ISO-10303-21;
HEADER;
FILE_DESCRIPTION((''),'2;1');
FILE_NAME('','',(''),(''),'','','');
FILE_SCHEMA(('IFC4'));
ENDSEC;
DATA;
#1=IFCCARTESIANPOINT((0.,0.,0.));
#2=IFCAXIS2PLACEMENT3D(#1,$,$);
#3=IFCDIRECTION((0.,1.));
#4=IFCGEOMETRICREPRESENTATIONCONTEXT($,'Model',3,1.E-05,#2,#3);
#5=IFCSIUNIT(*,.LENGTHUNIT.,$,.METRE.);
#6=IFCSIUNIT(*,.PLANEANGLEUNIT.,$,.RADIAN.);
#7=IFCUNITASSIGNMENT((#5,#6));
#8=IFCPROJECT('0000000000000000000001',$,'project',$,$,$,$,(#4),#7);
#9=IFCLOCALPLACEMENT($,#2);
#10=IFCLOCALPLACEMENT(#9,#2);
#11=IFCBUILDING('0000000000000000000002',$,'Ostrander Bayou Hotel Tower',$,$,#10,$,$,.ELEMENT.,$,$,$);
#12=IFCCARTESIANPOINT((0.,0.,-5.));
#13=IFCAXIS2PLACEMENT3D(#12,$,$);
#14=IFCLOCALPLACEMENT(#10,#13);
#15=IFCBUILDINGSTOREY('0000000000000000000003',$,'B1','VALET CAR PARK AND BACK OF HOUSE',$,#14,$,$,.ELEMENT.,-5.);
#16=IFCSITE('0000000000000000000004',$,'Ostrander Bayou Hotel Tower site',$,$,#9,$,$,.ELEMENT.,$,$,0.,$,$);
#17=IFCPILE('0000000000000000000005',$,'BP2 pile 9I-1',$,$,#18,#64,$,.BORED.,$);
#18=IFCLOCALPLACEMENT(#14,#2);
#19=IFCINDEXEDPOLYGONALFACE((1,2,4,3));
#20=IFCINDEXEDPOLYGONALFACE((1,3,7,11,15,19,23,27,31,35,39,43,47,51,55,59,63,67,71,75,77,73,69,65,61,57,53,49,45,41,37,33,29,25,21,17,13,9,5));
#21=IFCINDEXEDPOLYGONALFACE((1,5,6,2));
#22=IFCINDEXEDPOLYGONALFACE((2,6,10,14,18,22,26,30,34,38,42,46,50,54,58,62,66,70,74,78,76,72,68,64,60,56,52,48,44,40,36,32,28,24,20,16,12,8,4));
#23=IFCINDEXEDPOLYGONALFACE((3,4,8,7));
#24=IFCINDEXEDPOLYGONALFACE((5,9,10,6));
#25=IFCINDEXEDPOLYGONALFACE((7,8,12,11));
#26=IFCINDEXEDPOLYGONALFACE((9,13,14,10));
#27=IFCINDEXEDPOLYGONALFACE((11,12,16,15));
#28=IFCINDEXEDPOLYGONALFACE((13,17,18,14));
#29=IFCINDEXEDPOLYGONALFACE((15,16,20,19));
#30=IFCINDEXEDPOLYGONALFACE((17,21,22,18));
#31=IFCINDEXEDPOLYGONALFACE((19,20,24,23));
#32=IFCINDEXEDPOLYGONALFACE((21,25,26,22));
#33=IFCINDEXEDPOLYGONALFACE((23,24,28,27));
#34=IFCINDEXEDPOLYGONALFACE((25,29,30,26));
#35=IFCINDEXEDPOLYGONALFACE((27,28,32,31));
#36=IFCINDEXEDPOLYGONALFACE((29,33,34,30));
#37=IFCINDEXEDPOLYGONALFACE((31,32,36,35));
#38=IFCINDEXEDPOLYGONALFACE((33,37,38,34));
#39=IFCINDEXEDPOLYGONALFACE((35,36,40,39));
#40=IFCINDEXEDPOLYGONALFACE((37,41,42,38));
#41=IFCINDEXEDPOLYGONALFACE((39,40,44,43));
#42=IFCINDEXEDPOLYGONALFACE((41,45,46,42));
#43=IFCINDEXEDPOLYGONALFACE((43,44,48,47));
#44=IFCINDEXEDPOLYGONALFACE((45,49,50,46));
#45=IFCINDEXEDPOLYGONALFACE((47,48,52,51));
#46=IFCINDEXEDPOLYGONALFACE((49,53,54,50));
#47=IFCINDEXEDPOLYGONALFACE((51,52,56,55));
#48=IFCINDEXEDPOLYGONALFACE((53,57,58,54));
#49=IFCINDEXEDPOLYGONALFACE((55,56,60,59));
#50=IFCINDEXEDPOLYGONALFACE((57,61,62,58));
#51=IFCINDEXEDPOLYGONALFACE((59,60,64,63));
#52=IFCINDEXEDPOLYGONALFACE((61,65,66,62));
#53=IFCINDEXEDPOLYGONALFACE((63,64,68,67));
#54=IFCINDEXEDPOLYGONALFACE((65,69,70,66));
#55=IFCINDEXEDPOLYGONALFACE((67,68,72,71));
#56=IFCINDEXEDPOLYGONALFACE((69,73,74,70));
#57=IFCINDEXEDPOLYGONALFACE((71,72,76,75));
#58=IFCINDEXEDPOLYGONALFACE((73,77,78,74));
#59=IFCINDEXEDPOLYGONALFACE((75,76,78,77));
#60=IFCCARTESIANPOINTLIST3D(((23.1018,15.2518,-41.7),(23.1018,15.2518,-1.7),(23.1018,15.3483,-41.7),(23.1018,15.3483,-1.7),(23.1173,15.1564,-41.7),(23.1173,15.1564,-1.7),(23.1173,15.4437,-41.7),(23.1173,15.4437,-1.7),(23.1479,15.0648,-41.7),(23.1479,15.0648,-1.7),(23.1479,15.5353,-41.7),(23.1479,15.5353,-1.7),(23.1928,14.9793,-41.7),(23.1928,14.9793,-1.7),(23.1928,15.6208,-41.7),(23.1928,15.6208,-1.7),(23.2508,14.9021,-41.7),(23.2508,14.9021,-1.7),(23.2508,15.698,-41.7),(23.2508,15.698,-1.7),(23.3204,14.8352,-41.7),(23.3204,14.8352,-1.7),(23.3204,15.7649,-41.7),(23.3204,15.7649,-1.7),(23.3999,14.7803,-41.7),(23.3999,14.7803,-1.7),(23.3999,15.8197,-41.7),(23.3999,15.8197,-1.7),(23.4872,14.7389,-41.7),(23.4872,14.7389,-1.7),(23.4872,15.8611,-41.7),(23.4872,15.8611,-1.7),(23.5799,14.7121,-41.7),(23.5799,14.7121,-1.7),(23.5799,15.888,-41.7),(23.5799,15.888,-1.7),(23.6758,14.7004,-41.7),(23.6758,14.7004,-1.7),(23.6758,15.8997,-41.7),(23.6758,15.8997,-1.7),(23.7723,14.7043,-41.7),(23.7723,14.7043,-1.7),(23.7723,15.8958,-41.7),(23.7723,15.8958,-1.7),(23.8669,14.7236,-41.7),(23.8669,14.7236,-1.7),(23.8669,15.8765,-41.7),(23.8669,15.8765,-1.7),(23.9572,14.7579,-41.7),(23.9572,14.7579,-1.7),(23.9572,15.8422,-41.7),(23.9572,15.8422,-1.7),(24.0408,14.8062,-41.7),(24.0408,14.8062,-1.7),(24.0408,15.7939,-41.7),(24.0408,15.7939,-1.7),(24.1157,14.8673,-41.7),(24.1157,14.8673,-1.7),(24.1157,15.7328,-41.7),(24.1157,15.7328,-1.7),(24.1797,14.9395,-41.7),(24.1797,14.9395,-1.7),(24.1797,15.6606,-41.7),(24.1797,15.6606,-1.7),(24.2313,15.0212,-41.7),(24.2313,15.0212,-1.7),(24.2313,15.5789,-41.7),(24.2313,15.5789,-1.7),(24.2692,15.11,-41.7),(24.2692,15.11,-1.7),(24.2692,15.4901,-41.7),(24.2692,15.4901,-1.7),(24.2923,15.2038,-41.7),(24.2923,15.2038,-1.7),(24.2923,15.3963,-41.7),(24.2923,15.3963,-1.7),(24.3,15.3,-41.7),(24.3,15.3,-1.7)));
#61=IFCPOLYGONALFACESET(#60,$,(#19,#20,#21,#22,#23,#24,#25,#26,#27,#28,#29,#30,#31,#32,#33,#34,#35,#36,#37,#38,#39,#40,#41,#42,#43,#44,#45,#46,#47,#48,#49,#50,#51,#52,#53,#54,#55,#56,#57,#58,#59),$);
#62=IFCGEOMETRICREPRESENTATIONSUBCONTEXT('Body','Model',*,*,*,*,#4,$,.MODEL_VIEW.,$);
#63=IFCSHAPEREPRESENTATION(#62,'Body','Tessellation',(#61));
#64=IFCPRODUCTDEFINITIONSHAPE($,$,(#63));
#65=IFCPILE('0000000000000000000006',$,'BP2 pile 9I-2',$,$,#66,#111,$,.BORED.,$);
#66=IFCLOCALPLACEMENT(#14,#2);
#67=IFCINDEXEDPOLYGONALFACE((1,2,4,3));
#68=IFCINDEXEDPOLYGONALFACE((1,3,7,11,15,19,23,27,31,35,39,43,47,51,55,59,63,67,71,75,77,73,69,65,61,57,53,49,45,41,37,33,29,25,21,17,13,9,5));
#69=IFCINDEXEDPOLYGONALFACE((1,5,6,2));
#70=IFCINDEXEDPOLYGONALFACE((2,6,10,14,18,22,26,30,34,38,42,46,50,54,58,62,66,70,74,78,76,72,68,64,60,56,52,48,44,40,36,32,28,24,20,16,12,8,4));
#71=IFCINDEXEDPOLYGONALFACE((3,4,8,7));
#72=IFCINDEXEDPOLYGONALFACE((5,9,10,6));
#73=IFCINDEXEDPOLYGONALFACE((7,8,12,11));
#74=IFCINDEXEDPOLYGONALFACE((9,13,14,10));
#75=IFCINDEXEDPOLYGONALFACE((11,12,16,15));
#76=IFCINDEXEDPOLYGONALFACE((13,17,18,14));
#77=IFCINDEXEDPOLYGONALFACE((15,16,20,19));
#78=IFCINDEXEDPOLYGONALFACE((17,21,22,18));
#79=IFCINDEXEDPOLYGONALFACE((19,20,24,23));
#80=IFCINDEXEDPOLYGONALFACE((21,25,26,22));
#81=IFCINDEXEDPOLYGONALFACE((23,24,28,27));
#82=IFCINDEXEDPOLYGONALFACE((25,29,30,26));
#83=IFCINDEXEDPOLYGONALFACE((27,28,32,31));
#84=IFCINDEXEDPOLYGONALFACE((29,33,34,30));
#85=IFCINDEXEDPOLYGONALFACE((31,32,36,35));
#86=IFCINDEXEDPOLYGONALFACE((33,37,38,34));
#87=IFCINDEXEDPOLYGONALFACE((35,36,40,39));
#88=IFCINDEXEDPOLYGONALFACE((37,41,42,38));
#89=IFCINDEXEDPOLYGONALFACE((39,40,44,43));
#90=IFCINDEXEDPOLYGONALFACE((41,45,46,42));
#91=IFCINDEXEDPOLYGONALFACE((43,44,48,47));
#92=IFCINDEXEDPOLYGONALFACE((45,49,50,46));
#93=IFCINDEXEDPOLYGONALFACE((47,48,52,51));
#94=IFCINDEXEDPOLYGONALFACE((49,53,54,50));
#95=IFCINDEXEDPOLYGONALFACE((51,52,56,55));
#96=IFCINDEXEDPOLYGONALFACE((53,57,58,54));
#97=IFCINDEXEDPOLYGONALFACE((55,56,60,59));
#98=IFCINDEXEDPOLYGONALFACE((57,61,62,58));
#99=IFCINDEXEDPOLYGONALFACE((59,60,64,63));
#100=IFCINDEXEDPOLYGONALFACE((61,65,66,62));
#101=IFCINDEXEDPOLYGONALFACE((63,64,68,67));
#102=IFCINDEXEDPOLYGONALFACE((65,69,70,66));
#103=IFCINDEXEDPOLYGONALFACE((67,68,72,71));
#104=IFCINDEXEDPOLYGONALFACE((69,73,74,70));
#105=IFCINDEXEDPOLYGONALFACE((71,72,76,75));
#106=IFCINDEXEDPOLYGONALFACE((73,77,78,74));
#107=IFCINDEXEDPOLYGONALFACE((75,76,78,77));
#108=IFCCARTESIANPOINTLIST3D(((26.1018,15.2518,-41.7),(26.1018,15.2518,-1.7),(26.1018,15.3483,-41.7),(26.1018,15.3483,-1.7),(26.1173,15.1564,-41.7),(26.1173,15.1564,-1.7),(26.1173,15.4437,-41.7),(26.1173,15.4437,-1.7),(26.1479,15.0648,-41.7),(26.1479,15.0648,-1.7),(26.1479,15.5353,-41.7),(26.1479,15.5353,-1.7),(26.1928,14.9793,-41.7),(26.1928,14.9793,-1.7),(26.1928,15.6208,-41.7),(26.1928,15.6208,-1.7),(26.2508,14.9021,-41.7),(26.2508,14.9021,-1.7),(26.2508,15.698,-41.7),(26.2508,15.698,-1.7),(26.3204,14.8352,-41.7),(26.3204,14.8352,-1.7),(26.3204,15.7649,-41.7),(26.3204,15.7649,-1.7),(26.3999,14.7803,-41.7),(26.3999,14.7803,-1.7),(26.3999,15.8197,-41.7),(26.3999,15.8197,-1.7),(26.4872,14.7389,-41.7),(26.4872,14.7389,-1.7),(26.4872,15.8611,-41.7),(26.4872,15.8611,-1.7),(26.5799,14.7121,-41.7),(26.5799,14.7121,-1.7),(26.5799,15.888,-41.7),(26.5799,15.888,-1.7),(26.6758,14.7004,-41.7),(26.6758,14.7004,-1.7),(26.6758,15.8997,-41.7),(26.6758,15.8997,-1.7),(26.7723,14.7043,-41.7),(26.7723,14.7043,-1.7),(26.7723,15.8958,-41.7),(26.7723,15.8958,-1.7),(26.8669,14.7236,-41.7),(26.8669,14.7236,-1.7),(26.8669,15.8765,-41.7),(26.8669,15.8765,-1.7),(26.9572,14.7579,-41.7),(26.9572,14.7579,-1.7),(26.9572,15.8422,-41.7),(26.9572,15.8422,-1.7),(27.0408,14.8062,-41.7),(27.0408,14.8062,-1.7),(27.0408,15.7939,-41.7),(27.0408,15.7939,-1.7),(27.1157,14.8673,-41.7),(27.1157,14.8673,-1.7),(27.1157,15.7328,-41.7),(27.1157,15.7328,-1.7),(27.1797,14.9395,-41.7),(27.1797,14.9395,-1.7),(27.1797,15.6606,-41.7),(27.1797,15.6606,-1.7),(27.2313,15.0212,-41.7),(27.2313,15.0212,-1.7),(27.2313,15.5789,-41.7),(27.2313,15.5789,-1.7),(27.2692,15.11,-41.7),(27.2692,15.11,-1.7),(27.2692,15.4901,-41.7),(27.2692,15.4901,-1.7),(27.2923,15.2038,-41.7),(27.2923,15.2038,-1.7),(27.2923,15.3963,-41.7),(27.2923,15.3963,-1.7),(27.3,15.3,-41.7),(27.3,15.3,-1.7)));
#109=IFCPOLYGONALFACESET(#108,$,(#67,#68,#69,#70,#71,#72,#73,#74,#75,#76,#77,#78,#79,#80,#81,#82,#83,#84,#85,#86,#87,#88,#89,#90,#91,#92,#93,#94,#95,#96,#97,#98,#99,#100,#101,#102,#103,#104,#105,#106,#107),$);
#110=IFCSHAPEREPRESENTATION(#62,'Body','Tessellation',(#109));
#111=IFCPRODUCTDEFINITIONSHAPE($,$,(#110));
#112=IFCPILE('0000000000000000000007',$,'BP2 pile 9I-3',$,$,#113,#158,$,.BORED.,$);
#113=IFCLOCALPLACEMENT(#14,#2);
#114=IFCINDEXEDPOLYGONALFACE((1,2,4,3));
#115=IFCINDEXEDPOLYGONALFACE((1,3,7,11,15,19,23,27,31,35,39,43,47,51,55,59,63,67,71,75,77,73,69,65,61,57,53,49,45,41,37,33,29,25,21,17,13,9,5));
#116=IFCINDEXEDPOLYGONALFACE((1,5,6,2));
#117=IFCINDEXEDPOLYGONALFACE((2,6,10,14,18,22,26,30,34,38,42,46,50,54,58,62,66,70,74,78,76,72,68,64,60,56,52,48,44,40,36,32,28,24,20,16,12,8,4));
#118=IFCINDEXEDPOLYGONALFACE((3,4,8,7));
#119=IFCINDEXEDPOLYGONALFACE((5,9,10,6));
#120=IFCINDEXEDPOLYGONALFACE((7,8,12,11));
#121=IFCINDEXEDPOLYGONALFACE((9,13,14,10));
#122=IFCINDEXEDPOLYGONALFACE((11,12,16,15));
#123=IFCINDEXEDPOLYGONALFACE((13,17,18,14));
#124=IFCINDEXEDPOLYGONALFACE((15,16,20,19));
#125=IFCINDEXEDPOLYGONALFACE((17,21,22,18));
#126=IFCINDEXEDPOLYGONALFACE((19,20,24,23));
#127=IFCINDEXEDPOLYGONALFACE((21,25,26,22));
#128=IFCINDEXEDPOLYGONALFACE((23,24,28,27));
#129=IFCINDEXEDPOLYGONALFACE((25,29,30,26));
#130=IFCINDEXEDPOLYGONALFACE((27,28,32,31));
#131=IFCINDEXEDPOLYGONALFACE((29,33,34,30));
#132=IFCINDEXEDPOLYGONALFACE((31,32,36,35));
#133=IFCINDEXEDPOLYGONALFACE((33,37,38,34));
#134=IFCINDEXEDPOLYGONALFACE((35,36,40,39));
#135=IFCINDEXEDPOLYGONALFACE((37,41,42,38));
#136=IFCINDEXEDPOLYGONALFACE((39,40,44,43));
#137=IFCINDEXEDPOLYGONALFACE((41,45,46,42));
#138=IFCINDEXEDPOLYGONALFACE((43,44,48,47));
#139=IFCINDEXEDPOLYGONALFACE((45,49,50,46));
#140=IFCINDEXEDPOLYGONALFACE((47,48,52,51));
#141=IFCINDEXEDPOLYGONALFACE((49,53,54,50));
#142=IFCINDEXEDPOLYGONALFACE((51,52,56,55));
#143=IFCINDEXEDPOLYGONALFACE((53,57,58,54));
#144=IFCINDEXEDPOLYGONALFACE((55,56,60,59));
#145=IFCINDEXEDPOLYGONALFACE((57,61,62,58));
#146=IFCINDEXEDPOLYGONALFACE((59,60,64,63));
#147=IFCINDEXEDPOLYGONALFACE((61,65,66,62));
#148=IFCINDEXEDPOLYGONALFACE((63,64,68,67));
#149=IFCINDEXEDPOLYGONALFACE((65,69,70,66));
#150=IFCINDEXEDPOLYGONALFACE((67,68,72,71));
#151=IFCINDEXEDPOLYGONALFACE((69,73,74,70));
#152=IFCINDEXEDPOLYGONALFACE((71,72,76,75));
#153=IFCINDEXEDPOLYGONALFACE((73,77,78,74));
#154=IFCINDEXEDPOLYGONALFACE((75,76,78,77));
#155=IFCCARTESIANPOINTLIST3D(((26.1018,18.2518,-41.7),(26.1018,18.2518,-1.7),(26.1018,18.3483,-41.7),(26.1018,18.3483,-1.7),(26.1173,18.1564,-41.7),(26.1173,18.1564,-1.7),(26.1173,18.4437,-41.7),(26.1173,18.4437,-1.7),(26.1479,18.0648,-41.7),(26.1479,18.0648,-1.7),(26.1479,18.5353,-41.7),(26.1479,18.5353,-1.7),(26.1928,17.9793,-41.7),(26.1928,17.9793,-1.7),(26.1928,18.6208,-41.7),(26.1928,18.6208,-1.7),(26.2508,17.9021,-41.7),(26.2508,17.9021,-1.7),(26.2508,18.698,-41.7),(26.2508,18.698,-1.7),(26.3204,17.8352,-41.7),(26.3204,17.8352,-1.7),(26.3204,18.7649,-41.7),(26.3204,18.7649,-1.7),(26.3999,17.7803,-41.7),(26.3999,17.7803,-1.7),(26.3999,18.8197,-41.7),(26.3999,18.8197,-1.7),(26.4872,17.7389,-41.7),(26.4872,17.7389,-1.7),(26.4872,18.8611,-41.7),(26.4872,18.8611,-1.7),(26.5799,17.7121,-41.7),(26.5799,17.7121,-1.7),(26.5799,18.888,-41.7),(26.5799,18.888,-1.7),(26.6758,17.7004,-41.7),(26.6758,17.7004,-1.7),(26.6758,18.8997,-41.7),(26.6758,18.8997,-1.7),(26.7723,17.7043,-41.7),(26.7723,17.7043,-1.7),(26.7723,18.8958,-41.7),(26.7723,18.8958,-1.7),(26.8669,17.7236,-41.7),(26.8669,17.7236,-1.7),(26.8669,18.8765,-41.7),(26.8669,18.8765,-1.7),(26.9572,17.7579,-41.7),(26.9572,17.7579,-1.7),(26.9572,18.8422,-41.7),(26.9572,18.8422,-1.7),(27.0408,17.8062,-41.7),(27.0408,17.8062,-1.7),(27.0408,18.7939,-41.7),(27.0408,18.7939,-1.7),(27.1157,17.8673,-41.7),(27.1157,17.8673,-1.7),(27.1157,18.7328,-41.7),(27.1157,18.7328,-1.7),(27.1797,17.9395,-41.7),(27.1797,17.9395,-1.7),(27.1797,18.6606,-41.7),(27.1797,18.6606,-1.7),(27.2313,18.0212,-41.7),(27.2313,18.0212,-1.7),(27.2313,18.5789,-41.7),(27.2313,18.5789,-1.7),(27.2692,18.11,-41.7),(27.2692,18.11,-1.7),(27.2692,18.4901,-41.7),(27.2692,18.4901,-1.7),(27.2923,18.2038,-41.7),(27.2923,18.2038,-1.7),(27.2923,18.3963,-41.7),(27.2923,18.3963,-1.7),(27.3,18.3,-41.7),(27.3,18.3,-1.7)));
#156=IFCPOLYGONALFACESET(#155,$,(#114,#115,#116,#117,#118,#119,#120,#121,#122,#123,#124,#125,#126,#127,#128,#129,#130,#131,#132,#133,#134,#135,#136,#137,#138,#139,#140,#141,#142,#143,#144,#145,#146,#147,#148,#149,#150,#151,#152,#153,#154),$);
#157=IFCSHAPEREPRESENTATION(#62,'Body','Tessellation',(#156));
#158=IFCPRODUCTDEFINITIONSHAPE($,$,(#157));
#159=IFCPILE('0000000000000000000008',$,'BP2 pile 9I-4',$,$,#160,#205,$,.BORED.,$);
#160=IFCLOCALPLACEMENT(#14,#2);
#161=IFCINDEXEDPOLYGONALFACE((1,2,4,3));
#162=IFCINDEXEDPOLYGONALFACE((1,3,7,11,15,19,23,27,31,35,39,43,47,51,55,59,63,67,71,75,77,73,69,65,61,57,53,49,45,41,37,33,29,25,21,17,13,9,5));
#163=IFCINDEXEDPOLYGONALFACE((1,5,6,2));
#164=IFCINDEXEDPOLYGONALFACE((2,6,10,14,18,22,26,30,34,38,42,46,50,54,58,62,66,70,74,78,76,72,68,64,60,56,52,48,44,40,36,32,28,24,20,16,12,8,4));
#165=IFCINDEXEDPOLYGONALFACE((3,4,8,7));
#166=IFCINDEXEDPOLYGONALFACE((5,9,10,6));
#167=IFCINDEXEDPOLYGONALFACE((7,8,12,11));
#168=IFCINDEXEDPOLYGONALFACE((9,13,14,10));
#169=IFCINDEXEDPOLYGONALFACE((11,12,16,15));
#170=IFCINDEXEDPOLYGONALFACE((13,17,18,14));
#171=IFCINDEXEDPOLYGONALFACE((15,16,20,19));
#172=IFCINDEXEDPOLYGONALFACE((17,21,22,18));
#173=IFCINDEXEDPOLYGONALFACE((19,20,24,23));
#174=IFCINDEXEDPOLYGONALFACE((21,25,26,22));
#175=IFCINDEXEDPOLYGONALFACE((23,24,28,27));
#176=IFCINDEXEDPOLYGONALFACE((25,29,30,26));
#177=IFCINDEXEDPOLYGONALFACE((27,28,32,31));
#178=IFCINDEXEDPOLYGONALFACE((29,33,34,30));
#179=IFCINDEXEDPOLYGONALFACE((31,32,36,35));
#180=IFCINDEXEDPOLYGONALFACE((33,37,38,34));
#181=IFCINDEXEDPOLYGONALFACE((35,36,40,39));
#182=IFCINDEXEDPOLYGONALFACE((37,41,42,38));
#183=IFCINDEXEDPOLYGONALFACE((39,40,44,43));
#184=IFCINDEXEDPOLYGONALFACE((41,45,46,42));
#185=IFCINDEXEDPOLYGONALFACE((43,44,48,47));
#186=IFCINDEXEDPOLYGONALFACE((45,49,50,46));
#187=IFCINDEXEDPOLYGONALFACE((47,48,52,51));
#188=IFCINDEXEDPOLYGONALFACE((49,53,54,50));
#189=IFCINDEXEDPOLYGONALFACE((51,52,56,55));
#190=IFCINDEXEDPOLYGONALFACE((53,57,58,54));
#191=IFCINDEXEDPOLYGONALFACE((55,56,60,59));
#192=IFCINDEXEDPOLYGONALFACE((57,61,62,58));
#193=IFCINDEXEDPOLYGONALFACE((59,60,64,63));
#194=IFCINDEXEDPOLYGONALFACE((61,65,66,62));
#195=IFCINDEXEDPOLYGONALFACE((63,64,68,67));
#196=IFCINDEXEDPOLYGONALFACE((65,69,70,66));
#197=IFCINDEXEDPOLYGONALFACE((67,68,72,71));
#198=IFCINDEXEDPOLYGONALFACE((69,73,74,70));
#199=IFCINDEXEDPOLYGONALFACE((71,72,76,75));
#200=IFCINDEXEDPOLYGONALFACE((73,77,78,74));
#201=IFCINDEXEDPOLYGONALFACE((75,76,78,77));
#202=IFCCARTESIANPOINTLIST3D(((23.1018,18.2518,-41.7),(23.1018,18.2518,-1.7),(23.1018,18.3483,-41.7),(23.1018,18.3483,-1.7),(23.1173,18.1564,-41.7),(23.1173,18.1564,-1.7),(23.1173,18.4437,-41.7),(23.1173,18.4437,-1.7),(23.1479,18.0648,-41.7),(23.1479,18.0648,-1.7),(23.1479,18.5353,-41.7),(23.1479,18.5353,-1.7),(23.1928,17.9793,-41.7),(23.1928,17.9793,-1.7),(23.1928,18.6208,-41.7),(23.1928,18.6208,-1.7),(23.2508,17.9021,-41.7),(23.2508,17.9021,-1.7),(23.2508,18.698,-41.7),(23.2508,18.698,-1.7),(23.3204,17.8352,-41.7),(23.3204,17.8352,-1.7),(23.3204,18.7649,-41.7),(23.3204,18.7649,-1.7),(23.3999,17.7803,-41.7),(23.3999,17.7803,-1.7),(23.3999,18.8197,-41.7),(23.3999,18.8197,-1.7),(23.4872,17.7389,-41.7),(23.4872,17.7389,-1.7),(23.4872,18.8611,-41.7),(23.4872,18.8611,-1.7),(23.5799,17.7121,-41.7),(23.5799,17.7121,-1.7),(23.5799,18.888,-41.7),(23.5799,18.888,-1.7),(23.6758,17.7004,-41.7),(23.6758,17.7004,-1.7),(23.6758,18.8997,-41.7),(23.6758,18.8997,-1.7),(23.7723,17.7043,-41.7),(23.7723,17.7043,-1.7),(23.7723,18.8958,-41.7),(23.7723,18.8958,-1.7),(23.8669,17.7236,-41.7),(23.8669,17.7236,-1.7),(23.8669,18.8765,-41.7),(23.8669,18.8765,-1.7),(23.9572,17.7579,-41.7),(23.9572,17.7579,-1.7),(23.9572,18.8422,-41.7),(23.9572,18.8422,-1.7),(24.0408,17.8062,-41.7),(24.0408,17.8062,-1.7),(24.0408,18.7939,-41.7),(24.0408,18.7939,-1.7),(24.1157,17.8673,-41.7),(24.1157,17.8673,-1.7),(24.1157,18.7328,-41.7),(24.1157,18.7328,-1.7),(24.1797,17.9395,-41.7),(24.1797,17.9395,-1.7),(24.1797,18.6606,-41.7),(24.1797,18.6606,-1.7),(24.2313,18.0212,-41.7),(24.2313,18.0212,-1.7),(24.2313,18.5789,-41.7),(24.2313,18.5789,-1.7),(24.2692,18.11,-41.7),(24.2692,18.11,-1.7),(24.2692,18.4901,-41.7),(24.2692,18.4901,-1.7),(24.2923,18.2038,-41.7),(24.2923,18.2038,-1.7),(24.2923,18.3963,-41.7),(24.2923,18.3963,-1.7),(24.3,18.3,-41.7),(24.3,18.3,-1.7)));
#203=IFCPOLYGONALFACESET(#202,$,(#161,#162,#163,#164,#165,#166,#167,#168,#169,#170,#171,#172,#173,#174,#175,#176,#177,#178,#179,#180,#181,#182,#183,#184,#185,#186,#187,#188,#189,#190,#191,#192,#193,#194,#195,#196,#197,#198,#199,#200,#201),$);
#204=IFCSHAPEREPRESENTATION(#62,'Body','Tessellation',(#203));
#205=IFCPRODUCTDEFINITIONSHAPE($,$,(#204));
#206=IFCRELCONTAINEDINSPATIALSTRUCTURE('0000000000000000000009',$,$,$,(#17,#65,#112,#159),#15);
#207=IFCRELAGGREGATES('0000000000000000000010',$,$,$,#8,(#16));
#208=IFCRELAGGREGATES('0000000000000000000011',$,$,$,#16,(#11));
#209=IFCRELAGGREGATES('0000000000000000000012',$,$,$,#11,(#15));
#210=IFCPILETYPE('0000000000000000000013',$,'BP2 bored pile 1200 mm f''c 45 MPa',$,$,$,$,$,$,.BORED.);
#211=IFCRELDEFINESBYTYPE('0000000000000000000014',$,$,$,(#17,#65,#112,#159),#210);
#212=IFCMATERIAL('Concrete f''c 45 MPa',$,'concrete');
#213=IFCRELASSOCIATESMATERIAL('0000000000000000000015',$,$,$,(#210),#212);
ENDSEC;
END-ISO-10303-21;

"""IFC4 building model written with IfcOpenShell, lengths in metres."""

from ifc_helpers import new_model, si_unit, direction, frame, origin, origin_2d, place, context, subcontext, project, spatial, circle, extrude, material, material_profile, profile_set, type_object, element, save


model = new_model("IFC4")

# Units and contexts
model_context = context("Model", 3, precision=1e-05, world=origin(), true_north=direction((0.0, 1.0)))
body_context = subcontext(model_context, "Body", "Model", "MODEL_VIEW")
ifc_project = project(units=[si_unit("LENGTHUNIT", "METRE"), si_unit("PLANEANGLEUNIT", "RADIAN")], contexts=[model_context])

# Site, building, storey
site_placement = place(None, origin())
site = spatial("IfcSite", under=ifc_project, at=site_placement, Name="Ostrander Bayou Hotel Tower site", CompositionType="ELEMENT", RefElevation=0.0)
building_placement = place(site_placement, origin())
building = spatial("IfcBuilding", under=site, at=building_placement, Name="Ostrander Bayou Hotel Tower", CompositionType="ELEMENT")
storey_placement = place(building_placement, frame((0.0, 0.0, -5.0)))
storey = spatial("IfcBuildingStorey", under=building, at=storey_placement, Name="B1", Description="VALET CAR PARK AND BACK OF HOUSE", CompositionType="ELEMENT", Elevation=-5.0)

# Piles
ifc_material_1 = material(Name="Concrete f'c 45 MPa", Category="concrete")
ifc_material_profile_1 = material_profile(ifc_material_1, circle(Radius=0.6001, at=origin_2d()))
ifc_profile_set_1 = profile_set([ifc_material_profile_1], Name="Concrete f'c 45 MPa")
pile_type_1 = type_object("IfcPileType", Name="BP2 bored pile 1200 mm f'c 45 MPa", PredefinedType="BORED", material=ifc_profile_set_1)
for number, where, z_axis, x_axis, name in (
    (1, (23.7, 15.3, -1.7), (0.0, 0.0, -1.0), (1.0, 0.0, 0.0), "BP2 pile 9I-1"),
    (2, (26.7, 15.3, -1.7), (0.0, 0.0, -1.0), (1.0, 0.0, 0.0), "BP2 pile 9I-2"),
    (3, (26.7, 18.3, -1.7), (0.0, 0.0, -1.0), (1.0, 0.0, 0.0), "BP2 pile 9I-3"),
    (4, (23.7, 18.3, -1.7), (0.0, 0.0, -1.0), (1.0, 0.0, 0.0), "BP2 pile 9I-4"),
):
    element("IfcPile", number, at=place(storey_placement, frame(where, z_axis=z_axis, x_axis=x_axis)), inside=storey, type_object=pile_type_1, Name=name, PredefinedType="BORED", context=body_context, shape_type="SweptSolid", body=[
        extrude(circle(Radius=0.6001, at=origin_2d()), origin(), (0.0, 0.0, 1.0), 40.0),
    ])

save(model, "model.ifc")
